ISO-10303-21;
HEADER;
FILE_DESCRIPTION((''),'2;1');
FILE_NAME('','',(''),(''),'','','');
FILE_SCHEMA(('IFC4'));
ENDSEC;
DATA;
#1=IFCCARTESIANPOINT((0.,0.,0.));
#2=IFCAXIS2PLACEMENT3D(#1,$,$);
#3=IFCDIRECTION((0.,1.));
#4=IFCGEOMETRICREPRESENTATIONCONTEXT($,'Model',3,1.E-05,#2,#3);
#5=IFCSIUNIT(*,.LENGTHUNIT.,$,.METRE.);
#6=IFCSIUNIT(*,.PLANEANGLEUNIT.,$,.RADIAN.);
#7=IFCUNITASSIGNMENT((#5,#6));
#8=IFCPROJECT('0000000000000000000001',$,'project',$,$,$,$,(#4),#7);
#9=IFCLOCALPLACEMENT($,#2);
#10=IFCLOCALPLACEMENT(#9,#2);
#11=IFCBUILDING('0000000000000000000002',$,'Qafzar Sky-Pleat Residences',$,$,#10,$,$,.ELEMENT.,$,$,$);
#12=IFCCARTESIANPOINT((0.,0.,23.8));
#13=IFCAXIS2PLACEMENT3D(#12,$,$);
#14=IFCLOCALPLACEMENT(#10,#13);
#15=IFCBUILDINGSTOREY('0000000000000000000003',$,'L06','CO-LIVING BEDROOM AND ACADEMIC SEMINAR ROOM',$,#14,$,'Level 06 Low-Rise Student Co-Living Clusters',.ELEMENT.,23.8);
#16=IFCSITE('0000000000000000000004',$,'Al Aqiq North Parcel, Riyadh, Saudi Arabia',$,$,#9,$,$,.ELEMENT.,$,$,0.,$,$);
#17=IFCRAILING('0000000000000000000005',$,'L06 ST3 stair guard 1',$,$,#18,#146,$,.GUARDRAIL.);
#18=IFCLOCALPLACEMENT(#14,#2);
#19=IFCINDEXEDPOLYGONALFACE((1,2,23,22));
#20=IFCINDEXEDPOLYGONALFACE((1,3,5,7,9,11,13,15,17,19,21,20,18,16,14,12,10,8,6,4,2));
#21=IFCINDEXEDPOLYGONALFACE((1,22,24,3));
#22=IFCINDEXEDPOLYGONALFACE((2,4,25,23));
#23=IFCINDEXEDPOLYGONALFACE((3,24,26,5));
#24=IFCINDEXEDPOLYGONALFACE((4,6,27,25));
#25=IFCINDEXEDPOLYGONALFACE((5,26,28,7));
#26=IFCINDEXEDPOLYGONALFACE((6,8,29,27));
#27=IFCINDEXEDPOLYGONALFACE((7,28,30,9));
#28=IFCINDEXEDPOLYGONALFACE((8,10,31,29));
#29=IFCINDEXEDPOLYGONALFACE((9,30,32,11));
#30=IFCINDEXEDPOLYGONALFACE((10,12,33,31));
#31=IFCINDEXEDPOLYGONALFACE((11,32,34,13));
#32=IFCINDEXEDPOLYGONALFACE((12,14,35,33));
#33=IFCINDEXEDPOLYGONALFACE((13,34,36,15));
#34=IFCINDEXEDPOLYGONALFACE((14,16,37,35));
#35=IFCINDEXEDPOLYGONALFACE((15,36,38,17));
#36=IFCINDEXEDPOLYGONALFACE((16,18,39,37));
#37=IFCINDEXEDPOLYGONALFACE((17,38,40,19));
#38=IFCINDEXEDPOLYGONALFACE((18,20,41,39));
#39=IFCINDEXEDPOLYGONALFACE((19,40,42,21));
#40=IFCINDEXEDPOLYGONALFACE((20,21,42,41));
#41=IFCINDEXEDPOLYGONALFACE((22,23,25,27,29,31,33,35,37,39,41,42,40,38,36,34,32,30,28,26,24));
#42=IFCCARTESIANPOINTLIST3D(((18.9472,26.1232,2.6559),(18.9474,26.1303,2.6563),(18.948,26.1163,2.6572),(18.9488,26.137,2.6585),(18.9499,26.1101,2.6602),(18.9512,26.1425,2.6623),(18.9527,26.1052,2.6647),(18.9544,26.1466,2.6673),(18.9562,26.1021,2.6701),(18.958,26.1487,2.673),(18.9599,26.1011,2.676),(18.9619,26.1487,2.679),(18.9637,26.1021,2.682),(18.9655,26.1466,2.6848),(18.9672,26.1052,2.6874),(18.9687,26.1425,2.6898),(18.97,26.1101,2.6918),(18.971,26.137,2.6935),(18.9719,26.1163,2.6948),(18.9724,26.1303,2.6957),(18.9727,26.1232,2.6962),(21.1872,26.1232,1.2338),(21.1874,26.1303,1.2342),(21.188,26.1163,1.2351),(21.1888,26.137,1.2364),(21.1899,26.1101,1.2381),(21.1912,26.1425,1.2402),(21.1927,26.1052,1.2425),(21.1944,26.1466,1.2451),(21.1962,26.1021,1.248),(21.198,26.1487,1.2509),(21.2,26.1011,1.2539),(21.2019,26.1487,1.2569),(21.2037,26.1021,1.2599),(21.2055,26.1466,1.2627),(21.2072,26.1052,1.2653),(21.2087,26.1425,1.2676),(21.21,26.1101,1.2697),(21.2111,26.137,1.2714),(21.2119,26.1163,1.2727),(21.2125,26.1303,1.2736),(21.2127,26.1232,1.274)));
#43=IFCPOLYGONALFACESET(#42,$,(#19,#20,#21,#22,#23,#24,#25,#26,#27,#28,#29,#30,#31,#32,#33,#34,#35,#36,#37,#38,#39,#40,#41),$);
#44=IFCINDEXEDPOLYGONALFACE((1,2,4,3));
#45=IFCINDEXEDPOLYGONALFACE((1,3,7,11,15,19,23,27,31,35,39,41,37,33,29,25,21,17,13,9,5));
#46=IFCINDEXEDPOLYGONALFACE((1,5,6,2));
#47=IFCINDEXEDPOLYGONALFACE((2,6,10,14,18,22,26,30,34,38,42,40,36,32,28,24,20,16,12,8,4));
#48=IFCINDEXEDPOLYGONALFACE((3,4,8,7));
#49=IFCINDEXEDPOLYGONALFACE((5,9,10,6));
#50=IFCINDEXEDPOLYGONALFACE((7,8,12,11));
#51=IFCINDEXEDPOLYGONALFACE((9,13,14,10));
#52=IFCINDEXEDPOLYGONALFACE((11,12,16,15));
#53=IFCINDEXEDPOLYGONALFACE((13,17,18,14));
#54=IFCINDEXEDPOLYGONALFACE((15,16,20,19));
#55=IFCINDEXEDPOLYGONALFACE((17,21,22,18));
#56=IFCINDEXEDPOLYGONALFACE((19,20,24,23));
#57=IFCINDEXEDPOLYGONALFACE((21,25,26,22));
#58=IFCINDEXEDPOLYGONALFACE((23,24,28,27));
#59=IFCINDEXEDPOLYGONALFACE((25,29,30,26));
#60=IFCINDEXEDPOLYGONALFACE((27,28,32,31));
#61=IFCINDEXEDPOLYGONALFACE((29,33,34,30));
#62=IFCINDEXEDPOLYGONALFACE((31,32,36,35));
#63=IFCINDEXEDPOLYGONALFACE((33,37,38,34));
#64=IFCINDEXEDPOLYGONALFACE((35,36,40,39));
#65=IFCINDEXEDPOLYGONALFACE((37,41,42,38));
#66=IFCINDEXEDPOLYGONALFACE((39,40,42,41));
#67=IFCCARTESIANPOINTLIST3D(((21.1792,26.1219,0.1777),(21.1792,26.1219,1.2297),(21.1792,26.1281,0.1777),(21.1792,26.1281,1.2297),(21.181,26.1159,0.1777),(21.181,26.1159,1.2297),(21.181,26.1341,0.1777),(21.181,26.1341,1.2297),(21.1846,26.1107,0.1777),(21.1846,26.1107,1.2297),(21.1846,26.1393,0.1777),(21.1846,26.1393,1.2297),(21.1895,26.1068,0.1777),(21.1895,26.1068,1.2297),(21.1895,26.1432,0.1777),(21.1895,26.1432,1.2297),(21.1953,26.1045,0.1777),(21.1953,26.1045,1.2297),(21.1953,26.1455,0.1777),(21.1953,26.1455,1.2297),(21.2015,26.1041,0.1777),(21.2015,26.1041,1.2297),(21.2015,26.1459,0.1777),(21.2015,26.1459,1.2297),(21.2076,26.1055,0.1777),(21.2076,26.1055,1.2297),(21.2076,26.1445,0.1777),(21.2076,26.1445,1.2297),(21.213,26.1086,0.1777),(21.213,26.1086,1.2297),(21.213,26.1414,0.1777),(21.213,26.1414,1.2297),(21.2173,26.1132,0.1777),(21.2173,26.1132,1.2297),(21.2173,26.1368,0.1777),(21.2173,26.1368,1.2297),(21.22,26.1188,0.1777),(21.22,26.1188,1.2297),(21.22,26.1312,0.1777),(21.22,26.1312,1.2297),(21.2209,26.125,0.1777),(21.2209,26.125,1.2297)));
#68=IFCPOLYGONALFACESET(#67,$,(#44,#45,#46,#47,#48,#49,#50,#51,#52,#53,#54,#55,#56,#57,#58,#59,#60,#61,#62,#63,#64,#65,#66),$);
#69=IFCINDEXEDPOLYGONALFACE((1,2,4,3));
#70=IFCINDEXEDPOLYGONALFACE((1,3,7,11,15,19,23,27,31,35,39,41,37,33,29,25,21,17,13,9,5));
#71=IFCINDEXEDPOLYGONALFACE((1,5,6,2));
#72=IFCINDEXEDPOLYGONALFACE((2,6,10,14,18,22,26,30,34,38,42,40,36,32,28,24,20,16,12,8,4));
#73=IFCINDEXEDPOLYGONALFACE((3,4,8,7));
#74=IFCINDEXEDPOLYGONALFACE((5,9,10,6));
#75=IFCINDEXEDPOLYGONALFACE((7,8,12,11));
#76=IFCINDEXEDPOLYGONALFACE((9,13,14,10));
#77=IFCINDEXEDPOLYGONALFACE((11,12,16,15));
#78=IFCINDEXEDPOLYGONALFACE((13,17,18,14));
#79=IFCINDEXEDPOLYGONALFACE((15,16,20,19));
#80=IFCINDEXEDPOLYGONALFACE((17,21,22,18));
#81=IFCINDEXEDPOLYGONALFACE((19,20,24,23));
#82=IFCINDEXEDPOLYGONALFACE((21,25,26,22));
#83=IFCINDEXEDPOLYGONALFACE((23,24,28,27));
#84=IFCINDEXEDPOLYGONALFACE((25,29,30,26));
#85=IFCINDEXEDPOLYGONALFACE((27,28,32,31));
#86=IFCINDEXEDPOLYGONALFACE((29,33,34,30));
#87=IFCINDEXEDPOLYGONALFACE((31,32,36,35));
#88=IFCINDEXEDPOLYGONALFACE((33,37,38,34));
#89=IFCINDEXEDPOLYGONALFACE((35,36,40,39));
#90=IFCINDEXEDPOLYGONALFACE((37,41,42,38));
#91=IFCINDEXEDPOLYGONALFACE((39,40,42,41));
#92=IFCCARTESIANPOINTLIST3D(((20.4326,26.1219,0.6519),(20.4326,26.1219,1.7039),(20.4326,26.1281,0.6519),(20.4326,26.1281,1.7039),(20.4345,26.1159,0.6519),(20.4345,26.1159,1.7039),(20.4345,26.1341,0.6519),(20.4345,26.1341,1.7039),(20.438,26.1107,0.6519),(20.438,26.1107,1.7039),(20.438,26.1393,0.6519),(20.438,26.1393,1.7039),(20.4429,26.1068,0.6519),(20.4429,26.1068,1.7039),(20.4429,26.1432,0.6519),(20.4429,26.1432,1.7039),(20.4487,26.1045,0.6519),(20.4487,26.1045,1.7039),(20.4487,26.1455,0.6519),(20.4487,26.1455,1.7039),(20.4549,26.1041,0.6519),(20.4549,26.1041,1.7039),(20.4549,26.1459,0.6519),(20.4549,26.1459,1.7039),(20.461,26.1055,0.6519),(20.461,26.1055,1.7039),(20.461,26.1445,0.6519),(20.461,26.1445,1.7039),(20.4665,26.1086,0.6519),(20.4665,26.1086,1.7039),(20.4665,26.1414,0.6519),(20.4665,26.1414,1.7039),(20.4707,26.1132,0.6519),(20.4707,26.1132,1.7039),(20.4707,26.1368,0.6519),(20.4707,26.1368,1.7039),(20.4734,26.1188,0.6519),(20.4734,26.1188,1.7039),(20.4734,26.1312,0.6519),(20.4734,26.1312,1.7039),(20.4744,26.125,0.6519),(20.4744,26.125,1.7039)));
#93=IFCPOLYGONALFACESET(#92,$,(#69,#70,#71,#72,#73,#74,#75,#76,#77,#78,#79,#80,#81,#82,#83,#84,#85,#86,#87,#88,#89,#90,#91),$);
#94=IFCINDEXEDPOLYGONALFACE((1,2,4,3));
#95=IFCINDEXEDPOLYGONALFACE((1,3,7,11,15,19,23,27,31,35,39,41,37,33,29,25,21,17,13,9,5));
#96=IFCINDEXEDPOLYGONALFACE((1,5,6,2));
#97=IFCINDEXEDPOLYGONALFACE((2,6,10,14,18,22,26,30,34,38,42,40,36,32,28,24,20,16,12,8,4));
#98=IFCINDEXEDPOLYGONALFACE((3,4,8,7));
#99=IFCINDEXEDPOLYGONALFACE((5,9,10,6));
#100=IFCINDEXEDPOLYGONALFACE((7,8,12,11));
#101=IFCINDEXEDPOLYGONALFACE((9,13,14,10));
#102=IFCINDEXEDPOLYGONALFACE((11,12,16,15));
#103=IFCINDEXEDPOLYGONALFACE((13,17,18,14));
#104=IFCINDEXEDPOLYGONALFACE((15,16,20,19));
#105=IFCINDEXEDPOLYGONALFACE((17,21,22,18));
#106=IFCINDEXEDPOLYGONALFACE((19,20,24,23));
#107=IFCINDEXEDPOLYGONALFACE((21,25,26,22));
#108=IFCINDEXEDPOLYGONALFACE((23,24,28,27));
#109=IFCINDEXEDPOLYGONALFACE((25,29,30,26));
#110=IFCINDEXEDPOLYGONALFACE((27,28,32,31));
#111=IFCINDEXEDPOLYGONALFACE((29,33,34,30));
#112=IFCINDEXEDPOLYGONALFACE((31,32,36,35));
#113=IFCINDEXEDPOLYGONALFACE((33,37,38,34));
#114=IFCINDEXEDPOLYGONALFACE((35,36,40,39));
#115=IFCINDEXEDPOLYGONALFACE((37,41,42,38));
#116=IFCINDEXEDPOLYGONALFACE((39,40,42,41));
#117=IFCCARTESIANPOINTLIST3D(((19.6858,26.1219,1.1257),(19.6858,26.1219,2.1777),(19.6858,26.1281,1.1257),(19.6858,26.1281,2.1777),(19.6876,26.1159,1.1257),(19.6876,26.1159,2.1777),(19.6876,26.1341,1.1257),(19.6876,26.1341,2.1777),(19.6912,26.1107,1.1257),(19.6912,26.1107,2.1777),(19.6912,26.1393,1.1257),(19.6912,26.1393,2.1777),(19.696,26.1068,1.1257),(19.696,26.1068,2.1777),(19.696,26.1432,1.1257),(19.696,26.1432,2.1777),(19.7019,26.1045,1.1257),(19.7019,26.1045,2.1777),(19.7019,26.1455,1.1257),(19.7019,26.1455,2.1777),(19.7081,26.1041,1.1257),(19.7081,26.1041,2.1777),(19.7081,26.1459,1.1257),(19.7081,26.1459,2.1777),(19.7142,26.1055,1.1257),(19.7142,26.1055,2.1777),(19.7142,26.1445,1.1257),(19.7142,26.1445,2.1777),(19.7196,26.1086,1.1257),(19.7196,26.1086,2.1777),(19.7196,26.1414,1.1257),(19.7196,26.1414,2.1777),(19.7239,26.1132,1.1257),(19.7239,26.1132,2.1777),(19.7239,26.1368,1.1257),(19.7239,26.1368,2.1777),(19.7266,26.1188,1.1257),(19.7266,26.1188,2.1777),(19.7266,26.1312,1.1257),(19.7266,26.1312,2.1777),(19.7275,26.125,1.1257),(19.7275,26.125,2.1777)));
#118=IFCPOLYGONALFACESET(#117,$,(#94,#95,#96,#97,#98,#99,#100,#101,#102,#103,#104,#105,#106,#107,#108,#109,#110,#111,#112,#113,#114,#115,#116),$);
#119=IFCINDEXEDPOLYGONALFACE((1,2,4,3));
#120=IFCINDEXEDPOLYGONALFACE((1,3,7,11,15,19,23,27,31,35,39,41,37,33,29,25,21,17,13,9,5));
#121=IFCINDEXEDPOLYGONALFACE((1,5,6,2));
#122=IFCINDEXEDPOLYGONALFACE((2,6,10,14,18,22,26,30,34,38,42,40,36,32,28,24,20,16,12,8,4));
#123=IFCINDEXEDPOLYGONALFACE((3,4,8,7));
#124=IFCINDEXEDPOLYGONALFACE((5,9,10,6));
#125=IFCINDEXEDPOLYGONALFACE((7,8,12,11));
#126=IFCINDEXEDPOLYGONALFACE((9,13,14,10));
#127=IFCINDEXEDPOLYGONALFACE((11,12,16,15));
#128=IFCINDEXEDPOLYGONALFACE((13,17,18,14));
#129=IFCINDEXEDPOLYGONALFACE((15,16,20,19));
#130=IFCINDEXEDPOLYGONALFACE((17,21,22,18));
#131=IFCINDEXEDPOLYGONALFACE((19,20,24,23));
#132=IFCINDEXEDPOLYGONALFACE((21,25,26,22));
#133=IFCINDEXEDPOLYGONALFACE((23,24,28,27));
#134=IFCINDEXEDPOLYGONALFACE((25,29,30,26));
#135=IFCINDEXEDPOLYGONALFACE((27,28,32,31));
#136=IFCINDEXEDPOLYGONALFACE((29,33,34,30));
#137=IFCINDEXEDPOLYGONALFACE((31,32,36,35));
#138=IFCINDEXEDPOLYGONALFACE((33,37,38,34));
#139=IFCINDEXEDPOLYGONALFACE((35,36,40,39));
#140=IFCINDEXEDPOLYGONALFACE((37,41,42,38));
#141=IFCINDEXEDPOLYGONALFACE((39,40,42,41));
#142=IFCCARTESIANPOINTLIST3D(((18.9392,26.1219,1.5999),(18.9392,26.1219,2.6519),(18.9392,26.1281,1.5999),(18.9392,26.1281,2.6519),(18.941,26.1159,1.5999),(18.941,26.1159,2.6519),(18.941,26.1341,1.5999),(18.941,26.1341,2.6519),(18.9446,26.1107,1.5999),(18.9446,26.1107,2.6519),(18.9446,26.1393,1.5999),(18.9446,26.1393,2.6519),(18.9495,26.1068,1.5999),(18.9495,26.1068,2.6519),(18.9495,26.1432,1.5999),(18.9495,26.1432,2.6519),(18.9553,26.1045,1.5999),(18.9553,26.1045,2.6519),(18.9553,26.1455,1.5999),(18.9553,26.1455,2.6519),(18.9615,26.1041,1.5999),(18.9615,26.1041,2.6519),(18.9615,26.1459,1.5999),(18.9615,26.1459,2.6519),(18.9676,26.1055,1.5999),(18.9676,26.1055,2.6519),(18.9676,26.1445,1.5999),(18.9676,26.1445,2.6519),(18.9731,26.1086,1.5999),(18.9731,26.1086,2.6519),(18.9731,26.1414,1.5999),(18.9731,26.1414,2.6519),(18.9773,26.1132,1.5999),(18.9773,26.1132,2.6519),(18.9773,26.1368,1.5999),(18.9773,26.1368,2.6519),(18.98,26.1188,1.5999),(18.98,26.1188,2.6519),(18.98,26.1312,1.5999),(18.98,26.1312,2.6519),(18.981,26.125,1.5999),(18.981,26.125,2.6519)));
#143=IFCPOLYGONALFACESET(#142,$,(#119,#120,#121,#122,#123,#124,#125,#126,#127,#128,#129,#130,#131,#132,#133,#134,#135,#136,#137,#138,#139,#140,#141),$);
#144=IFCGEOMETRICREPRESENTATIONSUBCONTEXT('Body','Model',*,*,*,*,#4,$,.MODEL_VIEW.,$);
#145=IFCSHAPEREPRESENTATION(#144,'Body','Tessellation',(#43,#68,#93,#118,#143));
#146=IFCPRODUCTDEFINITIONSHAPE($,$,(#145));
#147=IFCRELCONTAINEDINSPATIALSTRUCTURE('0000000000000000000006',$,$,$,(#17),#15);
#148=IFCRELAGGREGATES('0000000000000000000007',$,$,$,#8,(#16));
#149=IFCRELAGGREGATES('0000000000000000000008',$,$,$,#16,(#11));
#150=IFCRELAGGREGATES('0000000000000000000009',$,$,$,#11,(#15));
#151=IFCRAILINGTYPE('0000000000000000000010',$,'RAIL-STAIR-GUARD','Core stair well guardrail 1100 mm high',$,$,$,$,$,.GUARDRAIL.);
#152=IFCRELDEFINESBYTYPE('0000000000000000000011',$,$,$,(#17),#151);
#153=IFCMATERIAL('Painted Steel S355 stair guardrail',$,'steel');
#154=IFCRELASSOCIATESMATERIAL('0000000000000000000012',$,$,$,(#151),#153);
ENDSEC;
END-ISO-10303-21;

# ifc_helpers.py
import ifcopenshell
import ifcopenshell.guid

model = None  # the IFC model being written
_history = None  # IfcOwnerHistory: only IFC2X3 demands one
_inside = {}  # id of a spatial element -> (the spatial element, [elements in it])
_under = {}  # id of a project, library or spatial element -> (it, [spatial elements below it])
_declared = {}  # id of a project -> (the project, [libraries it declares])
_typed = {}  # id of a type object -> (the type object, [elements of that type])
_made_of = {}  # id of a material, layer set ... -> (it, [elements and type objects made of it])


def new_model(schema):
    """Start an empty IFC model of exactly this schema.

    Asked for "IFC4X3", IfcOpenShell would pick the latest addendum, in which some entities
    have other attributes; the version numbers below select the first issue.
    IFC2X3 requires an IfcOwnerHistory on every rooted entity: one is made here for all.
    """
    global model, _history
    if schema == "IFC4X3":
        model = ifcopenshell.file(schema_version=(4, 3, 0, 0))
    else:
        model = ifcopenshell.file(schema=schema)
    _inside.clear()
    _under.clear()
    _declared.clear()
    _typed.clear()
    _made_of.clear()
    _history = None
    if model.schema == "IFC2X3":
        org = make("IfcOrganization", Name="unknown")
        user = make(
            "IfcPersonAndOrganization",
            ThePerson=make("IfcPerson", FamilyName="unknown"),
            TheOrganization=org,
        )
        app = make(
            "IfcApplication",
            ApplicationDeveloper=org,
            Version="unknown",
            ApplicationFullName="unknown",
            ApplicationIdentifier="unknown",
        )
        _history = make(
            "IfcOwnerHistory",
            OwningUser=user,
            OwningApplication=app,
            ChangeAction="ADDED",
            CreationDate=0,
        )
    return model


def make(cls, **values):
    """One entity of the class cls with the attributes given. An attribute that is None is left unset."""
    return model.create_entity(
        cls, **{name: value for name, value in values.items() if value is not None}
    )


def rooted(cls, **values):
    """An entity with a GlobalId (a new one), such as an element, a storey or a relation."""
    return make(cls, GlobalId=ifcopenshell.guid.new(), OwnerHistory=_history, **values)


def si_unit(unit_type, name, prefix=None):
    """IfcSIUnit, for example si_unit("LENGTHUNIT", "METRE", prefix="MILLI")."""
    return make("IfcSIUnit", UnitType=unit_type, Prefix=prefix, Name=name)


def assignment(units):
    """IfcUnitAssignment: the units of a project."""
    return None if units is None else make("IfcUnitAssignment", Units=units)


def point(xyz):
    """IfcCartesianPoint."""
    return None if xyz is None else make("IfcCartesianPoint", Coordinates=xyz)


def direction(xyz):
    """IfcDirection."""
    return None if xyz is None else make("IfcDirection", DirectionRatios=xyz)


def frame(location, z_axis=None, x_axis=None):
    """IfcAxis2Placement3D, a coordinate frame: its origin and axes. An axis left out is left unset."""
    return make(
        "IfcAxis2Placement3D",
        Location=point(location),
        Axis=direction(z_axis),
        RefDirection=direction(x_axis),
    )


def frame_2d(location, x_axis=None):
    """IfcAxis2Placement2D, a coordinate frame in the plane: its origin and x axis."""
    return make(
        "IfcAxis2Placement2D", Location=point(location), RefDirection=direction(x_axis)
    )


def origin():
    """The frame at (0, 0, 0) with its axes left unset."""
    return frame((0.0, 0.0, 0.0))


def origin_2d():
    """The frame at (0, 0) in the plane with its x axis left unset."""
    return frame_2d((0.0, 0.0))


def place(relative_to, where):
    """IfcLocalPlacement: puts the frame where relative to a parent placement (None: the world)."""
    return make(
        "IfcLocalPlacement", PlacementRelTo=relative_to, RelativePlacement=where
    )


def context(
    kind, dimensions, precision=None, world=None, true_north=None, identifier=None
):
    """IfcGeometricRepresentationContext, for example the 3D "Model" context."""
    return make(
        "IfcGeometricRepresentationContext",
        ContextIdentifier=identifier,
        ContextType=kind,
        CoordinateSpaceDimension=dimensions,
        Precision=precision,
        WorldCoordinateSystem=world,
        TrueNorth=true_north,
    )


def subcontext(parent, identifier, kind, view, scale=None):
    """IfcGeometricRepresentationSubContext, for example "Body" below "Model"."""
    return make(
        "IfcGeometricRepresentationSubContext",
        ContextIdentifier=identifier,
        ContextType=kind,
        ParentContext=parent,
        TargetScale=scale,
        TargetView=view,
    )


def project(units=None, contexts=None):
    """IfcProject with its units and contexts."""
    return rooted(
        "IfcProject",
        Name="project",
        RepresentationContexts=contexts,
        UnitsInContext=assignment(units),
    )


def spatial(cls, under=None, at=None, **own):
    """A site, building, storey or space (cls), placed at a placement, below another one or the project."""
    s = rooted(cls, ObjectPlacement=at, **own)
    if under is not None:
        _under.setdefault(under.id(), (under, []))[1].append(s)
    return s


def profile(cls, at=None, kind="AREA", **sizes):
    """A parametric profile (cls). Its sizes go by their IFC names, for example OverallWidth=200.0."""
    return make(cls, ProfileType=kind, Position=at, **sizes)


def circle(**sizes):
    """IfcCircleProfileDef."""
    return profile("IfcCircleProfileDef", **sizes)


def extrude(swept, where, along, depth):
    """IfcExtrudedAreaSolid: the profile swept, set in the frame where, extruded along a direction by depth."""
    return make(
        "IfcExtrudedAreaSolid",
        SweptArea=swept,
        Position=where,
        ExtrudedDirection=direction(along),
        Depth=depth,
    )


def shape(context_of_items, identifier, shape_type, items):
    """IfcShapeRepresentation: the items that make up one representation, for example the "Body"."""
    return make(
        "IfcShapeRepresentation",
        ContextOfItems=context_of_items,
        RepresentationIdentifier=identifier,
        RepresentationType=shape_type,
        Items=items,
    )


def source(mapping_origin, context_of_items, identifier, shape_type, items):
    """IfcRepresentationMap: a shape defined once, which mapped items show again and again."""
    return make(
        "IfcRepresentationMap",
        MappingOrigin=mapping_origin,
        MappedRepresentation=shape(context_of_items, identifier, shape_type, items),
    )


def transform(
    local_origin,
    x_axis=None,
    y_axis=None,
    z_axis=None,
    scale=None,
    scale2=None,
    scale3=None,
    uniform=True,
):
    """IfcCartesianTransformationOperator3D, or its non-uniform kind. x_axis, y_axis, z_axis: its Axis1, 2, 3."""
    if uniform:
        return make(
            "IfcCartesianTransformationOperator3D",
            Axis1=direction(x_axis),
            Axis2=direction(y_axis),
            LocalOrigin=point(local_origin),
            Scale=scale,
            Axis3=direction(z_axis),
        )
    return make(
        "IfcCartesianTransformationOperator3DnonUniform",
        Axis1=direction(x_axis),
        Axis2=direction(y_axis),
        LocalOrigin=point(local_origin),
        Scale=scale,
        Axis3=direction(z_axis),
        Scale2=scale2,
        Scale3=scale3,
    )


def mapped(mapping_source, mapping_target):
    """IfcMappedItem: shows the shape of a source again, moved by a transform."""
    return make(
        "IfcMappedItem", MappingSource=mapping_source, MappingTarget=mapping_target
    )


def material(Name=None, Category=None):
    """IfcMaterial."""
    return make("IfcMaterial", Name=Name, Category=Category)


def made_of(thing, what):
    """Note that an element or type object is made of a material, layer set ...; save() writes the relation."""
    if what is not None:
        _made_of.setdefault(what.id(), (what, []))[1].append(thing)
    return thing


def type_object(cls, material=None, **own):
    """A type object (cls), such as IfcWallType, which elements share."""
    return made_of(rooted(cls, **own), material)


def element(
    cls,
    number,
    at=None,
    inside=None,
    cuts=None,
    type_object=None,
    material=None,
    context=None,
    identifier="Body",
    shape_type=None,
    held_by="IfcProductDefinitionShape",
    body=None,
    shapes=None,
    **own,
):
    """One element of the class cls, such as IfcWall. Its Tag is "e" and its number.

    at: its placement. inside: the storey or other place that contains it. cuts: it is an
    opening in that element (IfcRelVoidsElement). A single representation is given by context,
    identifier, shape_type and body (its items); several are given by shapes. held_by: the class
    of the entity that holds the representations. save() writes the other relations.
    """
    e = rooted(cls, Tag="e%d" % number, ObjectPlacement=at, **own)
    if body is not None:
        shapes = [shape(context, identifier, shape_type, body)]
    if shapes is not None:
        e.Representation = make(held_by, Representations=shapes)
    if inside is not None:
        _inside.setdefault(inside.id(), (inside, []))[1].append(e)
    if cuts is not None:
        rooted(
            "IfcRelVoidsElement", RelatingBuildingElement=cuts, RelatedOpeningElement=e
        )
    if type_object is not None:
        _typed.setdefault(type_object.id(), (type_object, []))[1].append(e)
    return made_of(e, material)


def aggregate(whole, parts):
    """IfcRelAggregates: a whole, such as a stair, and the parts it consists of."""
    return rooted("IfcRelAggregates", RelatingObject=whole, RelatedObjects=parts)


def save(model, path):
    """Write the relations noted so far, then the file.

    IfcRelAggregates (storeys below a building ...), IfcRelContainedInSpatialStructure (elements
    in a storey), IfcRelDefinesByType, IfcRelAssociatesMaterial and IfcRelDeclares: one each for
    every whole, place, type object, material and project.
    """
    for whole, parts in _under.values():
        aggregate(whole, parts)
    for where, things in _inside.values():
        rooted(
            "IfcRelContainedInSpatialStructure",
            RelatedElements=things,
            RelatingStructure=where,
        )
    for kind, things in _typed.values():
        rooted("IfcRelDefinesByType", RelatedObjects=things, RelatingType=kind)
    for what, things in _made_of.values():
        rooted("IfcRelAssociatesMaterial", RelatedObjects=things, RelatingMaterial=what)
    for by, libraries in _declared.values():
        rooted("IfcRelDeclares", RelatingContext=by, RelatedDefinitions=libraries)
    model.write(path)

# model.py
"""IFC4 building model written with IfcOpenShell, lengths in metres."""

from ifc_helpers import new_model, si_unit, direction, frame, origin, origin_2d, place, context, subcontext, project, spatial, circle, extrude, source, transform, mapped, material, type_object, element, save


model = new_model("IFC4")

# Units and contexts
model_context = context("Model", 3, precision=1e-05, world=origin(), true_north=direction((0.0, 1.0)))
body_context = subcontext(model_context, "Body", "Model", "MODEL_VIEW")
ifc_project = project(units=[si_unit("LENGTHUNIT", "METRE"), si_unit("PLANEANGLEUNIT", "RADIAN")], contexts=[model_context])

# Site, building, storey
site_placement = place(None, origin())
site = spatial("IfcSite", under=ifc_project, at=site_placement, Name="Al Aqiq North Parcel, Riyadh, Saudi Arabia", CompositionType="ELEMENT", RefElevation=0.0)
building_placement = place(site_placement, origin())
building = spatial("IfcBuilding", under=site, at=building_placement, Name="Qafzar Sky-Pleat Residences", CompositionType="ELEMENT")
storey_placement = place(building_placement, frame((0.0, 0.0, 23.8)))
storey = spatial("IfcBuildingStorey", under=building, at=storey_placement, Name="L06", Description="CO-LIVING BEDROOM AND ACADEMIC SEMINAR ROOM", LongName="Level 06 Low-Rise Student Co-Living Clusters", CompositionType="ELEMENT", Elevation=23.8)

# Railing
ifc_material_1 = material(Name="Painted Steel S355 stair guardrail", Category="steel")
railing_type_1 = type_object("IfcRailingType", Name="RAIL-STAIR-GUARD", Description="Core stair well guardrail 1100 mm high", PredefinedType="GUARDRAIL", material=ifc_material_1)
shared_shape_1 = source(origin(), body_context, "Body", "SweptSolid", [
    extrude(circle(Radius=0.0239, at=origin_2d()), frame((0.0, 0.0, 1.0762), z_axis=(-0.844229, 0.0, 0.535982), x_axis=(0.0, -1.0, 0.0)), (0.0, 0.0, 1.0), 2.6533),
    extrude(circle(Radius=0.021, at=origin_2d()), origin(), (0.0, 0.0, 1.0), 1.052),
    extrude(circle(Radius=0.021, at=origin_2d()), frame((-0.7466, 0.0, 0.4741)), (0.0, 0.0, 1.0), 1.052),
    extrude(circle(Radius=0.021, at=origin_2d()), frame((-1.4934, 0.0, 0.948)), (0.0, 0.0, 1.0), 1.052),
    extrude(circle(Radius=0.021, at=origin_2d()), frame((-2.24, 0.0, 1.4221)), (0.0, 0.0, 1.0), 1.052),
])
railing_1_placement = place(storey_placement, frame((21.2, 26.125, 0.1777)))
element("IfcRailing", 1, at=railing_1_placement, inside=storey, type_object=railing_type_1, Name="L06 ST3 stair guard 1", PredefinedType="GUARDRAIL", context=body_context, shape_type="MappedRepresentation", body=[
    mapped(shared_shape_1, transform((0.0, 0.0, 0.0), x_axis=(1.0, 0.0, 0.0), y_axis=(0.0, 1.0, 0.0), z_axis=(0.0, 0.0, 1.0), scale=1.0)),
])

save(model, "model.ifc")
